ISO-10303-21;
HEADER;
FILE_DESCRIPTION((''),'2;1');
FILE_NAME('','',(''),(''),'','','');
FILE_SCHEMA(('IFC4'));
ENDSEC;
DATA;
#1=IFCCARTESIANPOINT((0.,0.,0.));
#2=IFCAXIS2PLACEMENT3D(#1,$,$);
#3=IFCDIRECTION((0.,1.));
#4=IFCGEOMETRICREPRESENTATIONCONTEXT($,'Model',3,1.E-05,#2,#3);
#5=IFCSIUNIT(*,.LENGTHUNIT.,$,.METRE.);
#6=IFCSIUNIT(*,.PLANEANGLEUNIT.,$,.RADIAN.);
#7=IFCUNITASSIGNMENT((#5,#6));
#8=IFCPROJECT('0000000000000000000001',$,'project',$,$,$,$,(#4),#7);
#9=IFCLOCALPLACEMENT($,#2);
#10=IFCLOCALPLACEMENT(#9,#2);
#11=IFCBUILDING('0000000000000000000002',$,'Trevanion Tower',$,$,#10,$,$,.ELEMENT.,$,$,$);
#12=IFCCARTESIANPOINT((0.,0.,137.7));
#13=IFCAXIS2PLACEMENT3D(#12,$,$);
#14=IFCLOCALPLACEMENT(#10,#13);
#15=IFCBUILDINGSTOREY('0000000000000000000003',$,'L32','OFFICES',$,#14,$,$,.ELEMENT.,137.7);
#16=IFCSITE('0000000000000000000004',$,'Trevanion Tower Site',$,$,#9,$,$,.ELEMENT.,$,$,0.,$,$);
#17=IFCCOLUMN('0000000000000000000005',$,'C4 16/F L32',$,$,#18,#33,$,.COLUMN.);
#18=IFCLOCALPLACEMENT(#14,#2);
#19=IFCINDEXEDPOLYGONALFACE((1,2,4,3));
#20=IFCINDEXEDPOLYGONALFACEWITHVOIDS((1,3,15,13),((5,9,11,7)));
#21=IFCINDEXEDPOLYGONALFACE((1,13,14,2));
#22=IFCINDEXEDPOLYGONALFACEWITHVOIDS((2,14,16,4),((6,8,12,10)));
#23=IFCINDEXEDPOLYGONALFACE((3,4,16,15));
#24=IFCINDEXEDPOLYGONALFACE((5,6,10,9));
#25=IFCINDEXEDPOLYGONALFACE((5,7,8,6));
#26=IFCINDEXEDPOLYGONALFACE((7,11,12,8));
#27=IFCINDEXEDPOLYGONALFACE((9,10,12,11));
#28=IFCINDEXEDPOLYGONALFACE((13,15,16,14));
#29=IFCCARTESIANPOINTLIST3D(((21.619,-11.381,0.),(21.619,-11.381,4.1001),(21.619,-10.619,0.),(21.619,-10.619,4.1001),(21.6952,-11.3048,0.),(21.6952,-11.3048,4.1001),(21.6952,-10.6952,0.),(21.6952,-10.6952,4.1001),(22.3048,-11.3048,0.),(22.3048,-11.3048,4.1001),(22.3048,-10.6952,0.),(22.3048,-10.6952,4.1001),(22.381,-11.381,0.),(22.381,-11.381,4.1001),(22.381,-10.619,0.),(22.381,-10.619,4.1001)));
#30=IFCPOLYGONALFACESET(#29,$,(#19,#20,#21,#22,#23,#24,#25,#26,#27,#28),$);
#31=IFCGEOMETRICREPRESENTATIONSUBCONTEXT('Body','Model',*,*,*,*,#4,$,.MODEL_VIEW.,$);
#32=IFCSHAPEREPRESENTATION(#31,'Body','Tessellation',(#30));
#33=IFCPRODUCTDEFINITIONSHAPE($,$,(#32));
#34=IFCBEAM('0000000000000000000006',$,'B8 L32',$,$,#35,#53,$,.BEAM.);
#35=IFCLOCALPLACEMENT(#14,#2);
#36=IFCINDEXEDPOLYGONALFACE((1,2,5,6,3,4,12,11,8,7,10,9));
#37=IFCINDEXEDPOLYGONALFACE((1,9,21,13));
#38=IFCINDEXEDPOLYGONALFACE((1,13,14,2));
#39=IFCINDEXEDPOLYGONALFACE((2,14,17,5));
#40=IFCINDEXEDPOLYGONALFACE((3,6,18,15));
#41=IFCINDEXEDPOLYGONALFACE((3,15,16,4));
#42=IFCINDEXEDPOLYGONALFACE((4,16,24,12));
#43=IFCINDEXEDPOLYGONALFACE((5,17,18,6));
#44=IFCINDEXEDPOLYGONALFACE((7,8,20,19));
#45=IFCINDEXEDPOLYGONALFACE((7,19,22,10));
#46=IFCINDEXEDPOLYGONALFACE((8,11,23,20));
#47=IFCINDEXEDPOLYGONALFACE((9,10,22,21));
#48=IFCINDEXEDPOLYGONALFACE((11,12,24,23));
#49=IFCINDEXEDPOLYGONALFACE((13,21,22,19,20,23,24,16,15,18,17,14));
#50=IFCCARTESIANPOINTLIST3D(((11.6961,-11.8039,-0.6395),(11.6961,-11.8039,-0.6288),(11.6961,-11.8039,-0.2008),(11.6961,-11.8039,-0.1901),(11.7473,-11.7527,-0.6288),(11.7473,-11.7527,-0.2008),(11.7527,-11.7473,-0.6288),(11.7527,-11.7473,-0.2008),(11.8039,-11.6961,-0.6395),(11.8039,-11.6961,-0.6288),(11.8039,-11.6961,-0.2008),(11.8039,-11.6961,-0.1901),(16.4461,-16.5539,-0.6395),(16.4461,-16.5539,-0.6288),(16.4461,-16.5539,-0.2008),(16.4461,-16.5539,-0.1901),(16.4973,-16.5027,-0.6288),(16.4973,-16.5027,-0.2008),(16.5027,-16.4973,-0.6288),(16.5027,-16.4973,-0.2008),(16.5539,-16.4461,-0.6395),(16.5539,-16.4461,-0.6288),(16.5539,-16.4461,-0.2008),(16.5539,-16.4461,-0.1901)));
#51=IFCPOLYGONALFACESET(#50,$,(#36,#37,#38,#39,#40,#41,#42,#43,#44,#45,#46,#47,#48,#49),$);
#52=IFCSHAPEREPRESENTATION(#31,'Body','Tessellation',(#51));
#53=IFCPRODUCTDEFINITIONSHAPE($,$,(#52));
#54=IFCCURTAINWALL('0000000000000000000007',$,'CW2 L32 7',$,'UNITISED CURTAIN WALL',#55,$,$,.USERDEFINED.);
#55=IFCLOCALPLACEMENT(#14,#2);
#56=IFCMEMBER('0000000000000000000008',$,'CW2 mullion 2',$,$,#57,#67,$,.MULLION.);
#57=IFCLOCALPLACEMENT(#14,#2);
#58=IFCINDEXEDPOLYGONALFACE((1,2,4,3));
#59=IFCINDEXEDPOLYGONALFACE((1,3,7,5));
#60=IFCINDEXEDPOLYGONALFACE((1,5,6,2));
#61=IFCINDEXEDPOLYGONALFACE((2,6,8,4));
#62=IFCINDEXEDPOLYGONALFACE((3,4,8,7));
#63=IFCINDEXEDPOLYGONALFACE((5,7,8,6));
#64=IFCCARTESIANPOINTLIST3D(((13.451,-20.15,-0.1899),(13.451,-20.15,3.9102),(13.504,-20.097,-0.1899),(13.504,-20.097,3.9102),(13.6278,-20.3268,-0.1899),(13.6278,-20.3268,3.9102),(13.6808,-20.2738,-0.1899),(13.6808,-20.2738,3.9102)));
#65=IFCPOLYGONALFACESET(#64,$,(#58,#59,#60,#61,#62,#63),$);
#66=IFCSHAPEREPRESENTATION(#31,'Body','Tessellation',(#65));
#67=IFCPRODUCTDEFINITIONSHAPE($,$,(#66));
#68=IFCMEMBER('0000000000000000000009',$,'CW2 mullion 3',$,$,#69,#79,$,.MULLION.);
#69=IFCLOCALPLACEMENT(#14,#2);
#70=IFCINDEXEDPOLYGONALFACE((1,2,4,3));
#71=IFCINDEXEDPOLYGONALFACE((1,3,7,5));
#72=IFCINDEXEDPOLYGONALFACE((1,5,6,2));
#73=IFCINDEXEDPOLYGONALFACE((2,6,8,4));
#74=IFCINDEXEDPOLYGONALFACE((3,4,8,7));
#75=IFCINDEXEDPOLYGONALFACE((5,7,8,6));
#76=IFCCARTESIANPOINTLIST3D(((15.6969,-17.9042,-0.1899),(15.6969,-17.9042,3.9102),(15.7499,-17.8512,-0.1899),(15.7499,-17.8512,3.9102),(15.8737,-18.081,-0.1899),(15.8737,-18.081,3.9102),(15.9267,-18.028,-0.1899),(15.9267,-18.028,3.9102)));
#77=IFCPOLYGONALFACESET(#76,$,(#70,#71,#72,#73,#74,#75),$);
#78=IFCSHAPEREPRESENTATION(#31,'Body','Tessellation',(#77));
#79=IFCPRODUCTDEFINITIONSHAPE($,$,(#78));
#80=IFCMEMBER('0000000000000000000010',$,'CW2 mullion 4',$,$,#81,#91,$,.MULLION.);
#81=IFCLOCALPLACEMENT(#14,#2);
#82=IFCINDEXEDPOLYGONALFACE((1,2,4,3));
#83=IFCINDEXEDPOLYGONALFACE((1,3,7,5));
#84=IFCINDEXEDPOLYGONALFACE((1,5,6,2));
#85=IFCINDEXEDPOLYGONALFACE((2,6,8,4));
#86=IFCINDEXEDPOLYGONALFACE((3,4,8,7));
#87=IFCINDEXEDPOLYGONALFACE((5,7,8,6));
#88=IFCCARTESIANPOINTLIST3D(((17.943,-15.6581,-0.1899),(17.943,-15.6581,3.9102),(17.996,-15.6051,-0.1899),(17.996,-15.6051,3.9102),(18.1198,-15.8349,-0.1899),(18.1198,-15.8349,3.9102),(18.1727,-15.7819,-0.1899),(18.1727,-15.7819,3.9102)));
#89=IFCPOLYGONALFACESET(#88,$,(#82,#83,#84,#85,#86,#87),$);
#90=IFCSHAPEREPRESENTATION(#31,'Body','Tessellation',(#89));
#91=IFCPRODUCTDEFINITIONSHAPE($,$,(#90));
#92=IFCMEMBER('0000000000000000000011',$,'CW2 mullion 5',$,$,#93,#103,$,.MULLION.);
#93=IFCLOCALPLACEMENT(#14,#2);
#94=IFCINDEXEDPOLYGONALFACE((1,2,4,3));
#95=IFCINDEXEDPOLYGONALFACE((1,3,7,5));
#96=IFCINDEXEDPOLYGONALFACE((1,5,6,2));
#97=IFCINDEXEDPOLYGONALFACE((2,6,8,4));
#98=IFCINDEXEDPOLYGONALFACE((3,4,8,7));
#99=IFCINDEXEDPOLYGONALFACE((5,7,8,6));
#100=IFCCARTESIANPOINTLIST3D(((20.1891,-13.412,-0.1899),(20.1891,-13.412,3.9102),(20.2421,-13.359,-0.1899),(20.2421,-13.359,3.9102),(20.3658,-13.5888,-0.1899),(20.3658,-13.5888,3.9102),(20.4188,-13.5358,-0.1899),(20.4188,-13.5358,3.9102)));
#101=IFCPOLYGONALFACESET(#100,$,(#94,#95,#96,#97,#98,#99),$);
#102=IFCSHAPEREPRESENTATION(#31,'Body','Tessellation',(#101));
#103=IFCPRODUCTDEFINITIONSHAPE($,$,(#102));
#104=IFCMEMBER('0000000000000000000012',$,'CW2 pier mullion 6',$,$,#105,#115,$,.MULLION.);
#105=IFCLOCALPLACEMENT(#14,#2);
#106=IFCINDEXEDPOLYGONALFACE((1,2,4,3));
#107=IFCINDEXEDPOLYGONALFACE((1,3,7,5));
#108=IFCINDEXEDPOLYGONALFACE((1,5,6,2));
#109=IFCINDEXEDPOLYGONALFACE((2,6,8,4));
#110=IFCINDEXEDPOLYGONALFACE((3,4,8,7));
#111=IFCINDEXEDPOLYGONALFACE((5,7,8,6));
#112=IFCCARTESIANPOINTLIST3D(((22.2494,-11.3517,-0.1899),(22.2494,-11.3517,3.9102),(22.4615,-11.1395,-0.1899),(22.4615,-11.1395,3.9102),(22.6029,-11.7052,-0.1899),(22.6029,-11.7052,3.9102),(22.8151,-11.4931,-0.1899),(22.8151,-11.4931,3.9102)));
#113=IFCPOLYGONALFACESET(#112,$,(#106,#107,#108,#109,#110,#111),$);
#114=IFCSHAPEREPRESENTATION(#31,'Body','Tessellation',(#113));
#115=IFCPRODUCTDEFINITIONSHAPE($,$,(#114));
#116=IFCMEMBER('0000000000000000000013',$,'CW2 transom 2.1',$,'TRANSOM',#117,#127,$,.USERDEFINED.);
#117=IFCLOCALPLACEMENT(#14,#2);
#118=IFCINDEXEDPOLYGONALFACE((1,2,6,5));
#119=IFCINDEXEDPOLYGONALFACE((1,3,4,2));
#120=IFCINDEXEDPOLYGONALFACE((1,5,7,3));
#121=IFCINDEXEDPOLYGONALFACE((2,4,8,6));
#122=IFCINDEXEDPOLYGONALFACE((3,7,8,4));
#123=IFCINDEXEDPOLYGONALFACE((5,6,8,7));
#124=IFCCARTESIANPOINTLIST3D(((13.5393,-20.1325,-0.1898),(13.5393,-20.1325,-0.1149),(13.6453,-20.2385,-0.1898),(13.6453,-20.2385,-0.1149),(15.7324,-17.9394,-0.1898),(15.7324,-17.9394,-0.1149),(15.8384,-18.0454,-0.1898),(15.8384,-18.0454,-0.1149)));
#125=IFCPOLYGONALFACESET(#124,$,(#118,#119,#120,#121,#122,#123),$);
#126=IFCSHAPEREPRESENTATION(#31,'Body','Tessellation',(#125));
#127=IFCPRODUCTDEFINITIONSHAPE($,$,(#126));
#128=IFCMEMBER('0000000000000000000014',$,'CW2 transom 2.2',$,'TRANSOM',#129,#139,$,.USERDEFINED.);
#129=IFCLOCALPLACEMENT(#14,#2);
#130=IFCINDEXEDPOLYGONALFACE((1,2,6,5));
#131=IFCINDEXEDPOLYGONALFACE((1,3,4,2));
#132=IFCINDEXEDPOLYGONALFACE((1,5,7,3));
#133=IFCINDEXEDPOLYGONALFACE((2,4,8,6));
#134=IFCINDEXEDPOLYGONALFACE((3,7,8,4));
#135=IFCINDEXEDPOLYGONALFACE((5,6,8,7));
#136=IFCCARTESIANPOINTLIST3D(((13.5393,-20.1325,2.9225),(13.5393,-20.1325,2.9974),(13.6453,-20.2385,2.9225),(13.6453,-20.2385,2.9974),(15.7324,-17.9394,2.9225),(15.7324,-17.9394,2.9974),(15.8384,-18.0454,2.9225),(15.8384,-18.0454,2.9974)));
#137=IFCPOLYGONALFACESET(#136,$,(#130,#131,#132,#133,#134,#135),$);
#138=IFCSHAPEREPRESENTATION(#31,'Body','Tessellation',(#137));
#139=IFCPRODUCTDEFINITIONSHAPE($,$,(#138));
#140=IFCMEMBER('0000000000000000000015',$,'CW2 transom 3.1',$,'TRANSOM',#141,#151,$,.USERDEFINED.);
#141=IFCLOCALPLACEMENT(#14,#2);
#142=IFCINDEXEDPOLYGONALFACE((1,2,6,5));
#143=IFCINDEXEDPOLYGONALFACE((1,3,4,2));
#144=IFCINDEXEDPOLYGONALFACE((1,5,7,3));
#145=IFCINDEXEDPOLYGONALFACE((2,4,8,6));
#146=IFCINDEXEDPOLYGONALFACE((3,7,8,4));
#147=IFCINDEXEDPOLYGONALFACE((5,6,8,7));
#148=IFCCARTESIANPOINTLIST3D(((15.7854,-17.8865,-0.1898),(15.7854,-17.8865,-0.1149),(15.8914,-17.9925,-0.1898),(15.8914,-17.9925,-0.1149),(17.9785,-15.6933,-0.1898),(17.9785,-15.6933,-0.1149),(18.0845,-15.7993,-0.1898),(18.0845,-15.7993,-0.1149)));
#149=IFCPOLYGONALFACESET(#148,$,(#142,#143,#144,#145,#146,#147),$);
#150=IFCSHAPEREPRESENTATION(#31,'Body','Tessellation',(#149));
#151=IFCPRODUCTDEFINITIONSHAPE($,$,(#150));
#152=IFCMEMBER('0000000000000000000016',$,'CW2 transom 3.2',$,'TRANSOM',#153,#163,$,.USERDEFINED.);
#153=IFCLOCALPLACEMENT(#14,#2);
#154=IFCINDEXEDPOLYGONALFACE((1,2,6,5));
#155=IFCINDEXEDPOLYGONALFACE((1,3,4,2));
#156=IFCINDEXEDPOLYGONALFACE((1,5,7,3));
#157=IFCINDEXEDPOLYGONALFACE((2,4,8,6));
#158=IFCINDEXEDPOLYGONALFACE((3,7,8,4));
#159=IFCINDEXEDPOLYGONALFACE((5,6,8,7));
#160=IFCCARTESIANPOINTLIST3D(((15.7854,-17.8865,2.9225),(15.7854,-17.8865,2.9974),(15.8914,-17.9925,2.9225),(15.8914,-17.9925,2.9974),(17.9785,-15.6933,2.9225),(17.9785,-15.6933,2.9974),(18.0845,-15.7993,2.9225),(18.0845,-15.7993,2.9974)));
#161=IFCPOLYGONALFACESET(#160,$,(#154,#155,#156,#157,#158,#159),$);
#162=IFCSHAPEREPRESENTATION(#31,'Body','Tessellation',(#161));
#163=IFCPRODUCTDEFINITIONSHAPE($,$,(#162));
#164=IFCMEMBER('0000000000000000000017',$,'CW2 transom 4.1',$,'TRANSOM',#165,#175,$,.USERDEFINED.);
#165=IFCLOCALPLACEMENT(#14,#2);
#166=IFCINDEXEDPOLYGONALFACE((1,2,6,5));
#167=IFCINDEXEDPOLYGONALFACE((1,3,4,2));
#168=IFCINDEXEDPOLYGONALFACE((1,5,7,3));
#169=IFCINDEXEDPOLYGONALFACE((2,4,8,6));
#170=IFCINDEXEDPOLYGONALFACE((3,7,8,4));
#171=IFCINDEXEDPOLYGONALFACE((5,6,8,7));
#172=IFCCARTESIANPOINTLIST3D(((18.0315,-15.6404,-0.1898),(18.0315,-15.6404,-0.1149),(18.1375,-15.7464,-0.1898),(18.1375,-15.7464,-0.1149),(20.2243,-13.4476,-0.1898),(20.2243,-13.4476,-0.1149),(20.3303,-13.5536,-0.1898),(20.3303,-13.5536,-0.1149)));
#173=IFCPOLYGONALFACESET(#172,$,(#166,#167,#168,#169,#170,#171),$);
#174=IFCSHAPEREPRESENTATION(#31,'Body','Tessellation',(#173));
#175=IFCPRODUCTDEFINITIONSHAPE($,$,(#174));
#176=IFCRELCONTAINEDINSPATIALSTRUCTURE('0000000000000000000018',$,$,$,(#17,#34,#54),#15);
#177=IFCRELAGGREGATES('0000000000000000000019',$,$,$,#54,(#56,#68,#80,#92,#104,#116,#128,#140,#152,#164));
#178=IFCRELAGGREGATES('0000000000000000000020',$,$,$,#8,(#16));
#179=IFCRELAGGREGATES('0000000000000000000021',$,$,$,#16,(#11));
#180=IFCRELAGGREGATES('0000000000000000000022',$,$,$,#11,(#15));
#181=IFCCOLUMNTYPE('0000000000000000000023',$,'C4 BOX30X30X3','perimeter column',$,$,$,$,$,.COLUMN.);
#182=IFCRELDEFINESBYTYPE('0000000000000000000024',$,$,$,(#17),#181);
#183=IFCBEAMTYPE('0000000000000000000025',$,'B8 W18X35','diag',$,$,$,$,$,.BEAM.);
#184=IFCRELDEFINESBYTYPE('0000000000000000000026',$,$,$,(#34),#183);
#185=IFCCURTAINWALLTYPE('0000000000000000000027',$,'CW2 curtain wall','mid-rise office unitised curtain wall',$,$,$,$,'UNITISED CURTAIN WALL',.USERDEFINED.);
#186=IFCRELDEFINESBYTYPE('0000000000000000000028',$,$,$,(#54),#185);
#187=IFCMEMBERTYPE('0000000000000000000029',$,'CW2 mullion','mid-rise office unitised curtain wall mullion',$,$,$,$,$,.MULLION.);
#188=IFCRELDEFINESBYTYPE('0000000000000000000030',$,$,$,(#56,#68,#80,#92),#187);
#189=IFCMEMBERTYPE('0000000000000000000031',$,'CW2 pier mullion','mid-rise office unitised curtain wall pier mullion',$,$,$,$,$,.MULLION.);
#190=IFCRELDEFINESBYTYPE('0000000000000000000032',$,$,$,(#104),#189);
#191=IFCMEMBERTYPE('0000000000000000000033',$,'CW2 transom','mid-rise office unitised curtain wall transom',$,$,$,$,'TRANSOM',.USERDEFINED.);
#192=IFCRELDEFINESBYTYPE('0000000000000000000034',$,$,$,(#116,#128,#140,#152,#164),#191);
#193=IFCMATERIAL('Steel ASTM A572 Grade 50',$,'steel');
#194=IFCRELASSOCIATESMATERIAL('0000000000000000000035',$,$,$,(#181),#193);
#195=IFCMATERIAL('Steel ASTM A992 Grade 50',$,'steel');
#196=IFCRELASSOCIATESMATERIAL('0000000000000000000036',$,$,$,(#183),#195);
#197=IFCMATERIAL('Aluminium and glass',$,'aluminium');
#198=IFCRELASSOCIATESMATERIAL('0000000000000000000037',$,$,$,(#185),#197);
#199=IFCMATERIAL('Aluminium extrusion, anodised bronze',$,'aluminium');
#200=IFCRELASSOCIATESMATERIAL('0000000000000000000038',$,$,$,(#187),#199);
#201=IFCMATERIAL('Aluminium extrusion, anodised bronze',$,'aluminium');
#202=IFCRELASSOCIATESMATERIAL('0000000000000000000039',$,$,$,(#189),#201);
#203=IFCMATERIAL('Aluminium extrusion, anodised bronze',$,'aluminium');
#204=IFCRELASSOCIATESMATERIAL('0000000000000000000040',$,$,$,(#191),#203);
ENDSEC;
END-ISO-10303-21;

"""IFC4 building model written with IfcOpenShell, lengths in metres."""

from ifc_helpers import new_model, si_unit, direction, frame, origin, origin_2d, place, context, subcontext, project, spatial, rectangle, hollow_rectangle, i_section, extrude, material, material_profile, profile_set, type_object, element, aggregate, save


model = new_model("IFC4")

# Units and contexts
model_context = context("Model", 3, precision=1e-05, world=origin(), true_north=direction((0.0, 1.0)))
body_context = subcontext(model_context, "Body", "Model", "MODEL_VIEW")
ifc_project = project(units=[si_unit("LENGTHUNIT", "METRE"), si_unit("PLANEANGLEUNIT", "RADIAN")], contexts=[model_context])

# Site, building, storey
site_placement = place(None, origin())
site = spatial("IfcSite", under=ifc_project, at=site_placement, Name="Trevanion Tower Site", CompositionType="ELEMENT", RefElevation=0.0)
building_placement = place(site_placement, origin())
building = spatial("IfcBuilding", under=site, at=building_placement, Name="Trevanion Tower", CompositionType="ELEMENT")
storey_placement = place(building_placement, frame((0.0, 0.0, 137.7)))
storey = spatial("IfcBuildingStorey", under=building, at=storey_placement, Name="L32", Description="OFFICES", CompositionType="ELEMENT", Elevation=137.7)

# Column
ifc_material_1 = material(Name="Steel ASTM A572 Grade 50", Category="steel")
ifc_material_profile_1 = material_profile(ifc_material_1, hollow_rectangle(XDim=0.762, YDim=0.762, WallThickness=0.0762, at=origin_2d()), Name="BOX30X30X3")
ifc_profile_set_1 = profile_set([ifc_material_profile_1], Name="Steel ASTM A572 Grade 50")
column_type = type_object("IfcColumnType", Name="C4 BOX30X30X3", Description="perimeter column", PredefinedType="COLUMN", material=ifc_profile_set_1)
column_placement = place(storey_placement, frame((22.0, -11.0, 0.0), z_axis=(0.0, 0.0, 1.0), x_axis=(0.0, 1.0, 0.0)))
element("IfcColumn", 1, at=column_placement, inside=storey, type_object=column_type, Name="C4 16/F L32", PredefinedType="COLUMN", context=body_context, shape_type="SweptSolid", body=[
    extrude(hollow_rectangle(XDim=0.762, YDim=0.762, WallThickness=0.0762, at=origin_2d()), origin(), (0.0, 0.0, 1.0), 4.1001),
])

# Beam
ifc_material_2 = material(Name="Steel ASTM A992 Grade 50", Category="steel")
ifc_material_profile_2 = material_profile(ifc_material_2, i_section(OverallWidth=0.1523, OverallDepth=0.4495, WebThickness=0.0076, FlangeThickness=0.0107, at=origin_2d()), Name="W18X35")
ifc_profile_set_2 = profile_set([ifc_material_profile_2], Name="Steel ASTM A992 Grade 50")
beam_type_1 = type_object("IfcBeamType", Name="B8 W18X35", Description="diag", PredefinedType="BEAM", material=ifc_profile_set_2)
beam_1_placement = place(storey_placement, frame((11.75, -11.75, -0.4148), z_axis=(0.707107, -0.707107, 0.0), x_axis=(0.707107, 0.707107, 0.0)))
element("IfcBeam", 2, at=beam_1_placement, inside=storey, type_object=beam_type_1, Name="B8 L32", PredefinedType="BEAM", context=body_context, shape_type="SweptSolid", body=[
    extrude(i_section(OverallWidth=0.1523, OverallDepth=0.4495, WebThickness=0.0076, FlangeThickness=0.0107, at=origin_2d()), origin(), (0.0, 0.0, 1.0), 6.7175),
])

# Curtain wall, members
ifc_material_3 = material(Name="Aluminium and glass", Category="aluminium")
curtain_wall_type = type_object("IfcCurtainWallType", Name="CW2 curtain wall", Description="mid-rise office unitised curtain wall", ElementType="UNITISED CURTAIN WALL", PredefinedType="USERDEFINED", material=ifc_material_3)
curtain_wall_placement = place(storey_placement, origin())
curtain_wall = element("IfcCurtainWall", 3, at=curtain_wall_placement, inside=storey, type_object=curtain_wall_type, Name="CW2 L32 7", ObjectType="UNITISED CURTAIN WALL", PredefinedType="USERDEFINED")
ifc_material_4 = material(Name="Aluminium extrusion, anodised bronze", Category="aluminium")
ifc_material_profile_3 = material_profile(ifc_material_4, rectangle(XDim=0.075, YDim=0.25, at=origin_2d()), Name="CW2 mullion")
ifc_profile_set_3 = profile_set([ifc_material_profile_3], Name="Aluminium extrusion, anodised bronze")
member_type_1 = type_object("IfcMemberType", Name="CW2 mullion", Description="mid-rise office unitised curtain wall mullion", PredefinedType="MULLION", material=ifc_profile_set_3)
member_1_placement = place(storey_placement, frame((13.5659, -20.2119, -0.1899), z_axis=(0.0, 0.0, 1.0), x_axis=(0.707107, 0.707107, 0.0)))
member_1 = element("IfcMember", 4, at=member_1_placement, type_object=member_type_1, Name="CW2 mullion 2", PredefinedType="MULLION", context=body_context, shape_type="SweptSolid", body=[
    extrude(rectangle(XDim=0.075, YDim=0.25, at=origin_2d()), origin(), (0.0, 0.0, 1.0), 4.1001),
])
member_2_placement = place(storey_placement, frame((15.8118, -17.9661, -0.1899), z_axis=(0.0, 0.0, 1.0), x_axis=(0.707107, 0.707107, 0.0)))
member_2 = element("IfcMember", 5, at=member_2_placement, type_object=member_type_1, Name="CW2 mullion 3", PredefinedType="MULLION", context=body_context, shape_type="SweptSolid", body=[
    extrude(rectangle(XDim=0.075, YDim=0.25, at=origin_2d()), origin(), (0.0, 0.0, 1.0), 4.1001),
])
member_3_placement = place(storey_placement, frame((18.0579, -15.72, -0.1899), z_axis=(0.0, 0.0, 1.0), x_axis=(0.707107, 0.707107, 0.0)))
member_3 = element("IfcMember", 6, at=member_3_placement, type_object=member_type_1, Name="CW2 mullion 4", PredefinedType="MULLION", context=body_context, shape_type="SweptSolid", body=[
    extrude(rectangle(XDim=0.075, YDim=0.25, at=origin_2d()), origin(), (0.0, 0.0, 1.0), 4.1001),
])
member_4_placement = place(storey_placement, frame((20.304, -13.4739, -0.1899), z_axis=(0.0, 0.0, 1.0), x_axis=(0.707107, 0.707107, 0.0)))
member_4 = element("IfcMember", 7, at=member_4_placement, type_object=member_type_1, Name="CW2 mullion 5", PredefinedType="MULLION", context=body_context, shape_type="SweptSolid", body=[
    extrude(rectangle(XDim=0.075, YDim=0.25, at=origin_2d()), origin(), (0.0, 0.0, 1.0), 4.1001),
])
ifc_material_5 = material(Name="Aluminium extrusion, anodised bronze", Category="aluminium")
ifc_material_profile_4 = material_profile(ifc_material_5, rectangle(XDim=0.3, YDim=0.5, at=origin_2d()), Name="CW2 pier mullion")
ifc_profile_set_4 = profile_set([ifc_material_profile_4], Name="Aluminium extrusion, anodised bronze")
member_type_2 = type_object("IfcMemberType", Name="CW2 pier mullion", Description="mid-rise office unitised curtain wall pier mullion", PredefinedType="MULLION", material=ifc_profile_set_4)
member_5_placement = place(storey_placement, frame((22.5322, -11.4224, -0.1899), z_axis=(0.0, 0.0, 1.0), x_axis=(0.707107, 0.707107, 0.0)))
member_5 = element("IfcMember", 8, at=member_5_placement, type_object=member_type_2, Name="CW2 pier mullion 6", PredefinedType="MULLION", context=body_context, shape_type="SweptSolid", body=[
    extrude(rectangle(XDim=0.3, YDim=0.5, at=origin_2d()), origin(), (0.0, 0.0, 1.0), 4.1001),
])
ifc_material_6 = material(Name="Aluminium extrusion, anodised bronze", Category="aluminium")
ifc_material_profile_5 = material_profile(ifc_material_6, rectangle(XDim=0.1499, YDim=0.075, at=origin_2d()), Name="CW2 transom")
ifc_profile_set_5 = profile_set([ifc_material_profile_5], Name="Aluminium extrusion, anodised bronze")
member_type_3 = type_object("IfcMemberType", Name="CW2 transom", Description="mid-rise office unitised curtain wall transom", ElementType="TRANSOM", PredefinedType="USERDEFINED", material=ifc_profile_set_5)
member_6_placement = place(storey_placement, frame((13.5923, -20.1855, -0.1523), z_axis=(0.707107, 0.707107, 0.0), x_axis=(-0.707107, 0.707107, 0.0)))
member_6 = element("IfcMember", 9, at=member_6_placement, type_object=member_type_3, Name="CW2 transom 2.1", ObjectType="TRANSOM", PredefinedType="USERDEFINED", context=body_context, shape_type="SweptSolid", body=[
    extrude(rectangle(XDim=0.1499, YDim=0.075, at=origin_2d()), origin(), (0.0, 0.0, 1.0), 3.1016),
])
member_7_placement = place(storey_placement, frame((13.5923, -20.1855, 2.96), z_axis=(0.707107, 0.707107, 0.0), x_axis=(-0.707107, 0.707107, 0.0)))
member_7 = element("IfcMember", 10, at=member_7_placement, type_object=member_type_3, Name="CW2 transom 2.2", ObjectType="TRANSOM", PredefinedType="USERDEFINED", context=body_context, shape_type="SweptSolid", body=[
    extrude(rectangle(XDim=0.1499, YDim=0.075, at=origin_2d()), origin(), (0.0, 0.0, 1.0), 3.1016),
])
member_8_placement = place(storey_placement, frame((15.8384, -17.9395, -0.1523), z_axis=(0.707107, 0.707107, 0.0), x_axis=(-0.707107, 0.707107, 0.0)))
member_8 = element("IfcMember", 11, at=member_8_placement, type_object=member_type_3, Name="CW2 transom 3.1", ObjectType="TRANSOM", PredefinedType="USERDEFINED", context=body_context, shape_type="SweptSolid", body=[
    extrude(rectangle(XDim=0.1499, YDim=0.075, at=origin_2d()), origin(), (0.0, 0.0, 1.0), 3.1016),
])
member_9_placement = place(storey_placement, frame((15.8384, -17.9395, 2.96), z_axis=(0.707107, 0.707107, 0.0), x_axis=(-0.707107, 0.707107, 0.0)))
member_9 = element("IfcMember", 12, at=member_9_placement, type_object=member_type_3, Name="CW2 transom 3.2", ObjectType="TRANSOM", PredefinedType="USERDEFINED", context=body_context, shape_type="SweptSolid", body=[
    extrude(rectangle(XDim=0.1499, YDim=0.075, at=origin_2d()), origin(), (0.0, 0.0, 1.0), 3.1016),
])
member_10_placement = place(storey_placement, frame((18.0845, -15.6934, -0.1523), z_axis=(0.707107, 0.707107, 0.0), x_axis=(-0.707107, 0.707107, 0.0)))
member_10 = element("IfcMember", 13, at=member_10_placement, type_object=member_type_3, Name="CW2 transom 4.1", ObjectType="TRANSOM", PredefinedType="USERDEFINED", context=body_context, shape_type="SweptSolid", body=[
    extrude(rectangle(XDim=0.1499, YDim=0.075, at=origin_2d()), origin(), (0.0, 0.0, 1.0), 3.1011),
])

aggregate(curtain_wall, [member_1, member_2, member_3, member_4, member_5, member_6, member_7, member_8, member_9, member_10])

save(model, "model.ifc")
